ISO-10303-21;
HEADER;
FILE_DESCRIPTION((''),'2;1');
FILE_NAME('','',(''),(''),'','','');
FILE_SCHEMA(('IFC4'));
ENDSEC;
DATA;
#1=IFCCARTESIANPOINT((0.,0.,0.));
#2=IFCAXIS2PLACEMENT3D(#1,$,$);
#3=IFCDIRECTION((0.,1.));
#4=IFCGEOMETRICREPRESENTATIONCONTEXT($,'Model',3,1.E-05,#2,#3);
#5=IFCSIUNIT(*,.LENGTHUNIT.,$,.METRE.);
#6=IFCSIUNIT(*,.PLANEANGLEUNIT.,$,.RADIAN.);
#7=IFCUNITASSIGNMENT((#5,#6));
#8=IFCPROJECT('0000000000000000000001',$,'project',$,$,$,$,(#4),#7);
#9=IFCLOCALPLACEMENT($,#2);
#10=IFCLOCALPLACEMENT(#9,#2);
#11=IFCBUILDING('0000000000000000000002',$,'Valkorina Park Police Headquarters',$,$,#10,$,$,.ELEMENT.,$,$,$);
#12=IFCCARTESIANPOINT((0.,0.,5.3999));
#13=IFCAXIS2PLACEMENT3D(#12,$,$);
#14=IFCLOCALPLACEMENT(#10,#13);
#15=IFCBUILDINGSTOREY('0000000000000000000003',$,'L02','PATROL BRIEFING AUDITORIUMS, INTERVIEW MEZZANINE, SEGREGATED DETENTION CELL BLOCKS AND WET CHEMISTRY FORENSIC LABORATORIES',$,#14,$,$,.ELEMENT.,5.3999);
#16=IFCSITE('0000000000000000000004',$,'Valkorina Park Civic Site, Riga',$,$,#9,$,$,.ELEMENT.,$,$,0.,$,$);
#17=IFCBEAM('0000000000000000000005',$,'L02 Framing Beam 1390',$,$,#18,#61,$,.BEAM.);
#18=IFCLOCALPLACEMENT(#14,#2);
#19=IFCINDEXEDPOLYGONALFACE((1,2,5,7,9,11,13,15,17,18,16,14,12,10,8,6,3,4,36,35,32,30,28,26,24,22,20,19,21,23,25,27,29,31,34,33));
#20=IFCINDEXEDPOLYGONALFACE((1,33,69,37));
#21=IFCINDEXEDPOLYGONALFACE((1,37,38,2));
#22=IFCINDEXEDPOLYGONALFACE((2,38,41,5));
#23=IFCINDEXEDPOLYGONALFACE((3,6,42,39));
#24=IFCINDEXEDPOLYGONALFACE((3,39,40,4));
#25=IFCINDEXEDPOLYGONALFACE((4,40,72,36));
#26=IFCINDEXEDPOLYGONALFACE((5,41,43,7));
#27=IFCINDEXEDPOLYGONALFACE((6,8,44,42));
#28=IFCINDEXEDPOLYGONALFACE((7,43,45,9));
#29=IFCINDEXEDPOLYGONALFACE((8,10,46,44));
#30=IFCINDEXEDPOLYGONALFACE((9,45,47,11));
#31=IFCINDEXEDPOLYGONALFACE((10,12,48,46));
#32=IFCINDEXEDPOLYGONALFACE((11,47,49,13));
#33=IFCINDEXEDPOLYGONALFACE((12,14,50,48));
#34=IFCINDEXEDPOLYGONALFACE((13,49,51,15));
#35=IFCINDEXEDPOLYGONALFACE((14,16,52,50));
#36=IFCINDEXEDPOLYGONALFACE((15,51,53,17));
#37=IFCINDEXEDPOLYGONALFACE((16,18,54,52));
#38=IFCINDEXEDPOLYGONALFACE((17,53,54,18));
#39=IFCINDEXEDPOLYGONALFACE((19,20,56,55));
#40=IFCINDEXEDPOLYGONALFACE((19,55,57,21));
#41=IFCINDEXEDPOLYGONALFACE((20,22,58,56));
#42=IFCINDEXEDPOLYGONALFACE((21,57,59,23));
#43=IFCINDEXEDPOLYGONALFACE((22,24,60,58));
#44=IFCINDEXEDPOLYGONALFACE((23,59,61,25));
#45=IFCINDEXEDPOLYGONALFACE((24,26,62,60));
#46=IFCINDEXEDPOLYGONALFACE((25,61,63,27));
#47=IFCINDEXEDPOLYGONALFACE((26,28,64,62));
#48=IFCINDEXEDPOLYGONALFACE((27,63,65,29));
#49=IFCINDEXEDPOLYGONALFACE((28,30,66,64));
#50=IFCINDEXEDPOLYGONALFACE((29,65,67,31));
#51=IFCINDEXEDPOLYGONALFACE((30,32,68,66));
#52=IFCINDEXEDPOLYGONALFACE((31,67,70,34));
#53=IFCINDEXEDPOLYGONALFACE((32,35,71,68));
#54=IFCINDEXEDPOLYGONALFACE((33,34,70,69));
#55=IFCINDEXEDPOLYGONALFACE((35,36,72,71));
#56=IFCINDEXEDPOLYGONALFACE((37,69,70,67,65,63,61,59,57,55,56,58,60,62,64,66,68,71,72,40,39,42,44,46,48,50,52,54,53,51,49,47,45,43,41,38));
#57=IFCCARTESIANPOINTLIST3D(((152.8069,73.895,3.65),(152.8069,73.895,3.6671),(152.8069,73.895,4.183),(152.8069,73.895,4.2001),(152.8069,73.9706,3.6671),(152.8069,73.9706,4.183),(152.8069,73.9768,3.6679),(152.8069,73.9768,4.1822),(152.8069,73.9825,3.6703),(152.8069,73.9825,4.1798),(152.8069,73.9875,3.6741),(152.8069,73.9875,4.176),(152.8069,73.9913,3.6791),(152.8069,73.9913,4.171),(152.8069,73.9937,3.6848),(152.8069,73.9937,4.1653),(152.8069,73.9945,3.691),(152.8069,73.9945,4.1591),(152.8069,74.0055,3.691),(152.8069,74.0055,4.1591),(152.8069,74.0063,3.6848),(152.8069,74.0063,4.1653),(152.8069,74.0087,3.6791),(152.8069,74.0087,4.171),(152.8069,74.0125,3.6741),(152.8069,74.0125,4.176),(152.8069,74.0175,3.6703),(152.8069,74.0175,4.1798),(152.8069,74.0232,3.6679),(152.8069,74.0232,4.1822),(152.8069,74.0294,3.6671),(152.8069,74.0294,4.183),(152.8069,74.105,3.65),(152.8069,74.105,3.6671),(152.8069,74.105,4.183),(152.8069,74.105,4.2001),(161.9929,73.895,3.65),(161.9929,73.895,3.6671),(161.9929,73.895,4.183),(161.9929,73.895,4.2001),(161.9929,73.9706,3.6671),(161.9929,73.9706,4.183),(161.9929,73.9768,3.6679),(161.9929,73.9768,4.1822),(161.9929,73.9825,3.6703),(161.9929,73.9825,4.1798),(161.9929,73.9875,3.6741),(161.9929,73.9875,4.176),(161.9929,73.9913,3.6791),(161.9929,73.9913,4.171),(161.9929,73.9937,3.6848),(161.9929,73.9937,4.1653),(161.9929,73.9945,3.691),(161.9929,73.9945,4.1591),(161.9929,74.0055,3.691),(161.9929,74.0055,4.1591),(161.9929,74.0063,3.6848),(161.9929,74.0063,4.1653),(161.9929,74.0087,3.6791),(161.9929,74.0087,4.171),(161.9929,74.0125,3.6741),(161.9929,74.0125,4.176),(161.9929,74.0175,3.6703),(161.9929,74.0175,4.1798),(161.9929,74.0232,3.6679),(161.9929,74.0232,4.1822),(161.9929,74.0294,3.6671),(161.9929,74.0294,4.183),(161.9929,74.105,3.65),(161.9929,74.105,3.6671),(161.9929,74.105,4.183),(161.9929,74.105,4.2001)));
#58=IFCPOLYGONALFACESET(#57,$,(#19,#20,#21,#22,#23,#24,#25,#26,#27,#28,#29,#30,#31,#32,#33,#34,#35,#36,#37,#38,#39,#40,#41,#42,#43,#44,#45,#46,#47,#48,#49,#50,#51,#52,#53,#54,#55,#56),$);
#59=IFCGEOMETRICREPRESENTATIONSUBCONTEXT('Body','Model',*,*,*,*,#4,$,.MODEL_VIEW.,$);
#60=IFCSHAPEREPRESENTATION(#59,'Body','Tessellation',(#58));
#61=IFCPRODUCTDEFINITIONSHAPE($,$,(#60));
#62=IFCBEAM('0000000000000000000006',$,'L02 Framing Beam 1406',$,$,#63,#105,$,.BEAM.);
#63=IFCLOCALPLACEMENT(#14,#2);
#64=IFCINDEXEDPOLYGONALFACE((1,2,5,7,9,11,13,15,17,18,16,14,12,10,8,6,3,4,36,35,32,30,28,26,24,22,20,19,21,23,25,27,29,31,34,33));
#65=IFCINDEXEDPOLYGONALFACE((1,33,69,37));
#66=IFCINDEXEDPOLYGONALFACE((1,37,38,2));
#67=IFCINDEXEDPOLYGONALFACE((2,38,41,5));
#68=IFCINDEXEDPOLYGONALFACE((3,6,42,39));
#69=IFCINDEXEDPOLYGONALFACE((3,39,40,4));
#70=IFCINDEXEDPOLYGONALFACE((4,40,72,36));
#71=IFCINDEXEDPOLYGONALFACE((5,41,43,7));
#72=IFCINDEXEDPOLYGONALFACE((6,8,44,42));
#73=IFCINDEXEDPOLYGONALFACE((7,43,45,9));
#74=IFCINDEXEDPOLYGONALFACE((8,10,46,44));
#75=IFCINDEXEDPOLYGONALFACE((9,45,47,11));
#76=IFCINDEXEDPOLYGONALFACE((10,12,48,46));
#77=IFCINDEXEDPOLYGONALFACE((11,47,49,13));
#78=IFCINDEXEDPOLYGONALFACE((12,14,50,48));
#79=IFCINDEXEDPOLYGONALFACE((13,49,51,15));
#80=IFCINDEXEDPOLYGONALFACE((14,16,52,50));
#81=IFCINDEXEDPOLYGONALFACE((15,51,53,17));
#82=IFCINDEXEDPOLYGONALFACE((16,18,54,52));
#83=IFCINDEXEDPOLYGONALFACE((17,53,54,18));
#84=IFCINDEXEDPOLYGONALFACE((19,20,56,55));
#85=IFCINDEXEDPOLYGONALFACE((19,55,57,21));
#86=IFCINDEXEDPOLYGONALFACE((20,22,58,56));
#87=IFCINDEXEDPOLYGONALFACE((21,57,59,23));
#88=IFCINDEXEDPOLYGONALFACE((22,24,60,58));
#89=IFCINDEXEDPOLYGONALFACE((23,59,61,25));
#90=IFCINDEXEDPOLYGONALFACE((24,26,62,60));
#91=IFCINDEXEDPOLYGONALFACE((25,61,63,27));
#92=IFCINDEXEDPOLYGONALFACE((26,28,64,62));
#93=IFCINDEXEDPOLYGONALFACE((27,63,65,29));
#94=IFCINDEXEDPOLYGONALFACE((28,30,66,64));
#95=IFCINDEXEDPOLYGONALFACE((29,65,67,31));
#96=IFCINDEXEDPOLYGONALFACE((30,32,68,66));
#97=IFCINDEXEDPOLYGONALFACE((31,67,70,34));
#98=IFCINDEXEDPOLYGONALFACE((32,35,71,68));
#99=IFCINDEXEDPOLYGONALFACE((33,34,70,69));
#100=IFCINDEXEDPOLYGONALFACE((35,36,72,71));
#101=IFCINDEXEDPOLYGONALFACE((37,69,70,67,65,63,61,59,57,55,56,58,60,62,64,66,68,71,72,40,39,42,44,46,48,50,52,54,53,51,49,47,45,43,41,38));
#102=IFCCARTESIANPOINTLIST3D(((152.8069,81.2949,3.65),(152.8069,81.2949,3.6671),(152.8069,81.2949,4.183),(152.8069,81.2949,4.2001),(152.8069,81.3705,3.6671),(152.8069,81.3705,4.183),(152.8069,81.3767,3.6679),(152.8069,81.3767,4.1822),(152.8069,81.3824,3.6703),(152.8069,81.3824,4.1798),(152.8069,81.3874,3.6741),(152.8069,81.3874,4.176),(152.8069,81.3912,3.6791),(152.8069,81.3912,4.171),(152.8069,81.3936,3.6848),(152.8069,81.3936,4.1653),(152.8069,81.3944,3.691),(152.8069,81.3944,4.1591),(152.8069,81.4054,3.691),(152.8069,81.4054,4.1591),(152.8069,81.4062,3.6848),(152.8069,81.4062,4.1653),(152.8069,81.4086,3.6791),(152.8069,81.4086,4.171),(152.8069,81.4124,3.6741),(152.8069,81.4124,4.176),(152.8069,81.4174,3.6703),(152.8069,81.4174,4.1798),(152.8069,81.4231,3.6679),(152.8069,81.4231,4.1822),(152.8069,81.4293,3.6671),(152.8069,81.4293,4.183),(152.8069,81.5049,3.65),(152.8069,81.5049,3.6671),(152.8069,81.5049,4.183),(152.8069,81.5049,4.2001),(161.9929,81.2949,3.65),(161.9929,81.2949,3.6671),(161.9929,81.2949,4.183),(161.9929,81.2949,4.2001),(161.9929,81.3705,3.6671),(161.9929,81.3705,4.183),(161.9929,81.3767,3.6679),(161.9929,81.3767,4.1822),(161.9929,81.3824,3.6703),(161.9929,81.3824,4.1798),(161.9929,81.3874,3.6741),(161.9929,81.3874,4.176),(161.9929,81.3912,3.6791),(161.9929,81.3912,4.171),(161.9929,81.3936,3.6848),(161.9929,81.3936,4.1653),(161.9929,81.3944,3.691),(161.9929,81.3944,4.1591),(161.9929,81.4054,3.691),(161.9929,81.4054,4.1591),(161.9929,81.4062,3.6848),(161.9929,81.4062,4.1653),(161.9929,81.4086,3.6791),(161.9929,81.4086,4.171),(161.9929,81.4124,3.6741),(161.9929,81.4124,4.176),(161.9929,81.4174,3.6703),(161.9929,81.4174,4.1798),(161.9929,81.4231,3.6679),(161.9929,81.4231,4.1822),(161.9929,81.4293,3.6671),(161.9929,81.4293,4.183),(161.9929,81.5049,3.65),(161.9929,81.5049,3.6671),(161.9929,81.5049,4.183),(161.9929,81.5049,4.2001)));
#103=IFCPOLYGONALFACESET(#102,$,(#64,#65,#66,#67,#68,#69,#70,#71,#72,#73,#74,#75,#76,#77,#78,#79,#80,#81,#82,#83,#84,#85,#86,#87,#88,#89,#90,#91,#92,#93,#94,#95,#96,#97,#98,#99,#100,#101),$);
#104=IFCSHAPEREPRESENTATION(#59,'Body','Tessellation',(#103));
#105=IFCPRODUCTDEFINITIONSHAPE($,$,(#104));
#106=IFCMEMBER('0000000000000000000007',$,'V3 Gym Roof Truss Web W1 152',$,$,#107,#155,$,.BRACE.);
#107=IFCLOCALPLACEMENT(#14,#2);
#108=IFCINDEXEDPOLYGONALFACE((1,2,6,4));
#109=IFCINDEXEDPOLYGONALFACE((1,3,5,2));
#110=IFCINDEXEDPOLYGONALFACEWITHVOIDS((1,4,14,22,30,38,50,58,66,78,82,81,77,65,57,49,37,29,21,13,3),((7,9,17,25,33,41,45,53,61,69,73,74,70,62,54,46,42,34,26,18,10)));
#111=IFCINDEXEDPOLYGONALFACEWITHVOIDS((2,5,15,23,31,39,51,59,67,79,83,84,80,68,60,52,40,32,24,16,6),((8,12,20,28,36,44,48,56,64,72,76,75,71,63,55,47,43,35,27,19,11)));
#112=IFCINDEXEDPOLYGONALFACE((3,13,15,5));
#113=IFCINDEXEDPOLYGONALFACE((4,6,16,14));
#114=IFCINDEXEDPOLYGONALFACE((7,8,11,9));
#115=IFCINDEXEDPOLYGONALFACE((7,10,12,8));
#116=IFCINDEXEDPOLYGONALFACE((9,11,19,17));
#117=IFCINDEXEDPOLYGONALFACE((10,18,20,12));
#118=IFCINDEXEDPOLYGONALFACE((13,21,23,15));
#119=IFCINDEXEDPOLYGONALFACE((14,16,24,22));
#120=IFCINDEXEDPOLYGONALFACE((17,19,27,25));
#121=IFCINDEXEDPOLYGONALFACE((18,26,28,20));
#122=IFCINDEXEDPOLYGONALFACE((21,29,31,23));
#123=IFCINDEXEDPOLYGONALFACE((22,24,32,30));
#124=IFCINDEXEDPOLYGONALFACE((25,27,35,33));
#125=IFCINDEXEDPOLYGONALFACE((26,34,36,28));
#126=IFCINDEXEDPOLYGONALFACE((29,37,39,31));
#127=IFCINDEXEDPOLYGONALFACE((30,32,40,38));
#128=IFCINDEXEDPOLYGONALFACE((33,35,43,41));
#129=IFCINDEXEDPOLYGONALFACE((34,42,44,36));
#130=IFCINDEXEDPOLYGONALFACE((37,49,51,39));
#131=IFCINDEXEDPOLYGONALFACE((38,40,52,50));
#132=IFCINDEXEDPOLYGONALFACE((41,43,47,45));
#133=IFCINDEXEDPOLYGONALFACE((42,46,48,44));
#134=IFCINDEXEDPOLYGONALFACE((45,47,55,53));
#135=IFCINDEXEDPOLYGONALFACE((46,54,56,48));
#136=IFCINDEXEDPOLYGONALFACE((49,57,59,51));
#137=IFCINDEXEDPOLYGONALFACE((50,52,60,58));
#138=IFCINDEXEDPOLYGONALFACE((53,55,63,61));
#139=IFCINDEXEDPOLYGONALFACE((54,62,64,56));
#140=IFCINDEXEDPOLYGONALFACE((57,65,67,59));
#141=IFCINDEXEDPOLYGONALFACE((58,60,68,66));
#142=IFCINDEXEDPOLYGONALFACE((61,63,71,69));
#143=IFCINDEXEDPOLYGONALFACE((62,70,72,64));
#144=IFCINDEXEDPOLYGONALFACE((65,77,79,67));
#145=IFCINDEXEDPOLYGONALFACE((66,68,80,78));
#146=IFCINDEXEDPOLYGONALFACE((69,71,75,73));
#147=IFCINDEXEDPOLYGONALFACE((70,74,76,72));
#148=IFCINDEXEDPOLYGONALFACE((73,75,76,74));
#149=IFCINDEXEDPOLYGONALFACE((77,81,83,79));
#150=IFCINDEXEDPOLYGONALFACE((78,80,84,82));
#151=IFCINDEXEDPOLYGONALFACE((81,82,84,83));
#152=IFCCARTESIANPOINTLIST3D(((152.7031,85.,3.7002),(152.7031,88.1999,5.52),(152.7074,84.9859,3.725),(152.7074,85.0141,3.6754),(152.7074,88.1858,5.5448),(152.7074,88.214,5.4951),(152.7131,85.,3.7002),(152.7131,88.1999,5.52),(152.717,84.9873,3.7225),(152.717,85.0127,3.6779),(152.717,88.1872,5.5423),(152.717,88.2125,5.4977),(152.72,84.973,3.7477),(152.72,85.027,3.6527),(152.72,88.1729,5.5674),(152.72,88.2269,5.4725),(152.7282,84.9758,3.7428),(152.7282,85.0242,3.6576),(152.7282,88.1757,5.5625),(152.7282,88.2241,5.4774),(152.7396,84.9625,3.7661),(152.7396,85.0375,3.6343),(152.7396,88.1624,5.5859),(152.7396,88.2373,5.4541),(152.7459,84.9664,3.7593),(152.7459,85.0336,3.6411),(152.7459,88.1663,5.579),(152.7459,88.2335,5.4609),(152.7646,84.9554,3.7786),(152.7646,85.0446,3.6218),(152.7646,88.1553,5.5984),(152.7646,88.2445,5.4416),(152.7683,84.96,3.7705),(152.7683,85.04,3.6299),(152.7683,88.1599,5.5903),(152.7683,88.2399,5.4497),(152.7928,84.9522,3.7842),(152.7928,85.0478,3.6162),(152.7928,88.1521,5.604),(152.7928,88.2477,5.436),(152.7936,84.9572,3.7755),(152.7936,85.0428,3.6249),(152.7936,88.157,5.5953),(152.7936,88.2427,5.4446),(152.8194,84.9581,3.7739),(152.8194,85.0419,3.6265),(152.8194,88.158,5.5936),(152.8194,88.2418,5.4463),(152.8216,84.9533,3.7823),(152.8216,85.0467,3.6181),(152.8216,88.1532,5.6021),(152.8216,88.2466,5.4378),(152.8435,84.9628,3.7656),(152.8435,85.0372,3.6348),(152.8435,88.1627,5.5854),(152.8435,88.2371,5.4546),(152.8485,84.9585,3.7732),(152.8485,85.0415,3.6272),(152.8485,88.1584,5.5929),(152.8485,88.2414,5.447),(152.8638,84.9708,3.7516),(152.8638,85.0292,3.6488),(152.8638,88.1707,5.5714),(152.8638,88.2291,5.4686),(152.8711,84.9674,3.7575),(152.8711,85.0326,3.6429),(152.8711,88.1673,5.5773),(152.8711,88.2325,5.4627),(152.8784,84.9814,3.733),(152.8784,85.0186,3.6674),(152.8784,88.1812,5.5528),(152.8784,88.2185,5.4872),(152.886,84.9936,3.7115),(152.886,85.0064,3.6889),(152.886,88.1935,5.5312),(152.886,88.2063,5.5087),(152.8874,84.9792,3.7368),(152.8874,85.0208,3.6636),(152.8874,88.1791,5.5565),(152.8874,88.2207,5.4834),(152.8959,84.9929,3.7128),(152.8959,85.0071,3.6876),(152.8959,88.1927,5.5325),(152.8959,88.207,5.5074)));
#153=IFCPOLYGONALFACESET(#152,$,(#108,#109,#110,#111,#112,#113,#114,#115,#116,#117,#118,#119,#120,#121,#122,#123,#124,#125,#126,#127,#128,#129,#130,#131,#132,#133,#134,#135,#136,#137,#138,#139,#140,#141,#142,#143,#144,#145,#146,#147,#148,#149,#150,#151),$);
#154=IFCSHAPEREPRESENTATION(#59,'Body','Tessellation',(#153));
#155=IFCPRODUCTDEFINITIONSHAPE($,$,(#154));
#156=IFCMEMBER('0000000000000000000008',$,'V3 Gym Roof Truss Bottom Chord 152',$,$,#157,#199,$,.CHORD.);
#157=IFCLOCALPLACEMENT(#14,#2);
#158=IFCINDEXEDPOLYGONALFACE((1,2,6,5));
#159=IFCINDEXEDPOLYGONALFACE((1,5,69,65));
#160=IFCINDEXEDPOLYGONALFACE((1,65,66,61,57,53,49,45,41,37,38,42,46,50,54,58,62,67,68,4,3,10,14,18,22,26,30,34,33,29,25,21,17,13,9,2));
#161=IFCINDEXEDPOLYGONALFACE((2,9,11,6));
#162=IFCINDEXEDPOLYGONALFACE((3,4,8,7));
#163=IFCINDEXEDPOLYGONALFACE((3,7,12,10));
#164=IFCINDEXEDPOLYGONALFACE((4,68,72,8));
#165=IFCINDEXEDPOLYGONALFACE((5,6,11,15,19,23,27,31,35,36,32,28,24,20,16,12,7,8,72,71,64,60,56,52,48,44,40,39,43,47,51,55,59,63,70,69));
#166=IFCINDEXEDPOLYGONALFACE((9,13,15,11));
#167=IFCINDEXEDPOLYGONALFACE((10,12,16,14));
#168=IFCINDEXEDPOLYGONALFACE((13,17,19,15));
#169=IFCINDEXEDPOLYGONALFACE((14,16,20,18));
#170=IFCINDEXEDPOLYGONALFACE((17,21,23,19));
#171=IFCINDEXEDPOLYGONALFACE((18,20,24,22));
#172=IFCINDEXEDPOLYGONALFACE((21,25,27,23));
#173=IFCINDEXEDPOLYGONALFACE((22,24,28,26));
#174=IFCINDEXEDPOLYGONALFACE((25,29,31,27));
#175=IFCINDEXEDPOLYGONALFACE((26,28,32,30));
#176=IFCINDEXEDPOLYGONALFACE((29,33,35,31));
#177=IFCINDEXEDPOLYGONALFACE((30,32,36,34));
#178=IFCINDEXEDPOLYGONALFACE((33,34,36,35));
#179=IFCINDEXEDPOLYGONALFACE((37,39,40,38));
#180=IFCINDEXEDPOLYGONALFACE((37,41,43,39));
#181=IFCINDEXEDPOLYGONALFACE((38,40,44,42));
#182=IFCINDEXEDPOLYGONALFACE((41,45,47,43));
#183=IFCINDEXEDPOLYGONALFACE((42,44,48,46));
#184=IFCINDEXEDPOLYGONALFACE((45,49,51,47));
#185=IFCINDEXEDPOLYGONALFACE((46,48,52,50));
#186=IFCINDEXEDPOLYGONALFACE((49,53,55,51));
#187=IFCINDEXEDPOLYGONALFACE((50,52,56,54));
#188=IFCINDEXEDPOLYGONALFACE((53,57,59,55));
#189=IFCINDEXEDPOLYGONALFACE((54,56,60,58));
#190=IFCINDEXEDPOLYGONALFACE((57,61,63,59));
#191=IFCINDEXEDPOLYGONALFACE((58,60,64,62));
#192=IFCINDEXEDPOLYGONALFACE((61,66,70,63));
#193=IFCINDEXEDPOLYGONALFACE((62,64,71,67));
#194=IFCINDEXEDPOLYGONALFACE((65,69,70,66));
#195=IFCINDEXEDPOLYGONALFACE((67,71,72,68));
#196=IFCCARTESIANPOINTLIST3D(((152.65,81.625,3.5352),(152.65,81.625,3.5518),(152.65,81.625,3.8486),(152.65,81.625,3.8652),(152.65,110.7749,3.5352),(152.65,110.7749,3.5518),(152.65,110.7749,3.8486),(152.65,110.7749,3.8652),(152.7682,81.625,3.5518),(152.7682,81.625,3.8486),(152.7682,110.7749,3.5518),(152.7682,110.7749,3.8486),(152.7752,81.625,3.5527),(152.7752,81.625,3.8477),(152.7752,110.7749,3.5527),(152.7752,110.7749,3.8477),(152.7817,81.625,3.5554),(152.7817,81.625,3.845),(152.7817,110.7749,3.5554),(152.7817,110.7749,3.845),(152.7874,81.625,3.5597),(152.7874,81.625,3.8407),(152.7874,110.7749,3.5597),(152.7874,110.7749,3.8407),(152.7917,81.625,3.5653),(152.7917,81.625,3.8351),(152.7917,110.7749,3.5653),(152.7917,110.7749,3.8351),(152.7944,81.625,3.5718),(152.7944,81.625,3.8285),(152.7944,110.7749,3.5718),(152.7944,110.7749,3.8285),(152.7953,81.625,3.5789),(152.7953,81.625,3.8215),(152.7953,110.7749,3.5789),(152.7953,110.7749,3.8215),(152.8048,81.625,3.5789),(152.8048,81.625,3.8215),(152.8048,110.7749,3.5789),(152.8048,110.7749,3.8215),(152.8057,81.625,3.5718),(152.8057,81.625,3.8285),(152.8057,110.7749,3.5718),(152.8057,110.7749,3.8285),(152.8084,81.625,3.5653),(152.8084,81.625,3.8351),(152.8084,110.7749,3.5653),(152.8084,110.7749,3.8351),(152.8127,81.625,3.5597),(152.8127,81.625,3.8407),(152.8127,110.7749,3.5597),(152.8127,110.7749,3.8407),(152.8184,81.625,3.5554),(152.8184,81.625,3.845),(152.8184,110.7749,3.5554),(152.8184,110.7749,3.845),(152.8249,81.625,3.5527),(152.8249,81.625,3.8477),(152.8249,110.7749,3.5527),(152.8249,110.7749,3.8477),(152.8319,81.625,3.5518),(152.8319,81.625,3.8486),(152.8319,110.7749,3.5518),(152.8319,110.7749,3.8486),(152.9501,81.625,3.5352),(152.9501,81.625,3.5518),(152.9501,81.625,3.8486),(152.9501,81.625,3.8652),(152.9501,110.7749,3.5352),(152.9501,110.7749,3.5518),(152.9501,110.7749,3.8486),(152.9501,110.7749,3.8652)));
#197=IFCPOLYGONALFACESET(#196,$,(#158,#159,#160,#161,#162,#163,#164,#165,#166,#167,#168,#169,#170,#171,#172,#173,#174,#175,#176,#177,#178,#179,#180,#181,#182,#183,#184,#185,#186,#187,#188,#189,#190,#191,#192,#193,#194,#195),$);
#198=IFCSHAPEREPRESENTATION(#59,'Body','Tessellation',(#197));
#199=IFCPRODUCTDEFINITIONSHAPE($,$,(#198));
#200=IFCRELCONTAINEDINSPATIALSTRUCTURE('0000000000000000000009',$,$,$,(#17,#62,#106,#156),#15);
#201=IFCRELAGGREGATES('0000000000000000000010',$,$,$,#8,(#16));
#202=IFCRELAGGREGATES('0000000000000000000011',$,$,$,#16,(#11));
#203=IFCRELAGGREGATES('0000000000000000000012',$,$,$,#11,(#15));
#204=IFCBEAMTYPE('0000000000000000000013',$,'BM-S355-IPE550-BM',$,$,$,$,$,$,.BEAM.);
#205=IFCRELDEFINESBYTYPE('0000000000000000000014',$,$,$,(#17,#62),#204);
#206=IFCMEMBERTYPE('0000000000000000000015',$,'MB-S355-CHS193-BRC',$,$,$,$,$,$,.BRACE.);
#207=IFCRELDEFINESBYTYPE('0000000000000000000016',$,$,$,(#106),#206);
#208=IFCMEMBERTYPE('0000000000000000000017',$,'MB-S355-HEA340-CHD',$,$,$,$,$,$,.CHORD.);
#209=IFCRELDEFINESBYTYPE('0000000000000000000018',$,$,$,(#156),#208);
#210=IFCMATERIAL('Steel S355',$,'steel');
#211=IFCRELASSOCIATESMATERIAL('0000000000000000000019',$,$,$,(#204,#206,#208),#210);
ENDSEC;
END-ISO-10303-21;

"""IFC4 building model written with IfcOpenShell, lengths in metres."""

from ifc_helpers import new_model, si_unit, direction, frame, origin, origin_2d, place, context, subcontext, project, spatial, hollow_circle, i_section, extrude, material, material_profile, profile_set, type_object, element, save


model = new_model("IFC4")

# Units and contexts
model_context = context("Model", 3, precision=1e-05, world=origin(), true_north=direction((0.0, 1.0)))
body_context = subcontext(model_context, "Body", "Model", "MODEL_VIEW")
ifc_project = project(units=[si_unit("LENGTHUNIT", "METRE"), si_unit("PLANEANGLEUNIT", "RADIAN")], contexts=[model_context])

# Site, building, storey
site_placement = place(None, origin())
site = spatial("IfcSite", under=ifc_project, at=site_placement, Name="Valkorina Park Civic Site, Riga", CompositionType="ELEMENT", RefElevation=0.0)
building_placement = place(site_placement, origin())
building = spatial("IfcBuilding", under=site, at=building_placement, Name="Valkorina Park Police Headquarters", CompositionType="ELEMENT")
storey_placement = place(building_placement, frame((0.0, 0.0, 5.3999)))
storey = spatial("IfcBuildingStorey", under=building, at=storey_placement, Name="L02", Description="PATROL BRIEFING AUDITORIUMS, INTERVIEW MEZZANINE, SEGREGATED DETENTION CELL BLOCKS AND WET CHEMISTRY FORENSIC LABORATORIES", CompositionType="ELEMENT", Elevation=5.3999)

# Shared definitions
ifc_material_1 = material(Name="Steel S355", Category="steel")

# Beams
ifc_material_profile_1 = material_profile(ifc_material_1, i_section(OverallWidth=0.21, OverallDepth=0.55, WebThickness=0.011, FlangeThickness=0.0171, FilletRadius=0.0239, at=origin_2d()), Name="IPE 550")
ifc_profile_set_1 = profile_set([ifc_material_profile_1], Name="Steel S355")
beam_type_1 = type_object("IfcBeamType", Name="BM-S355-IPE550-BM", PredefinedType="BEAM", material=ifc_profile_set_1)
for number, where, z_axis, x_axis, name in (
    (1, (152.8069, 74.0, 3.925), (1.0, 0.0, 0.0), (0.0, 1.0, 0.0), "L02 Framing Beam 1390"),
    (2, (152.8069, 81.3999, 3.925), (1.0, 0.0, 0.0), (0.0, 1.0, 0.0), "L02 Framing Beam 1406"),
):
    element("IfcBeam", number, at=place(storey_placement, frame(where, z_axis=z_axis, x_axis=x_axis)), inside=storey, type_object=beam_type_1, Name=name, PredefinedType="BEAM", context=body_context, shape_type="SweptSolid", body=[
        extrude(i_section(OverallWidth=0.21, OverallDepth=0.55, WebThickness=0.011, FlangeThickness=0.0171, FilletRadius=0.0239, at=origin_2d()), origin(), (0.0, 0.0, 1.0), 9.186),
    ])

# Members
ifc_material_profile_2 = material_profile(ifc_material_1, hollow_circle(Radius=0.0969, WallThickness=0.01, at=origin_2d()), Name="CHS 193.7x10")
ifc_profile_set_2 = profile_set([ifc_material_profile_2], Name="Steel S355")
member_type_1 = type_object("IfcMemberType", Name="MB-S355-CHS193-BRC", PredefinedType="BRACE", material=ifc_profile_set_2)
member_1_placement = place(storey_placement, frame((152.8, 85.0, 3.7002), z_axis=(0.0, 0.869262, 0.494352), x_axis=(-1.0, 0.0, 0.0)))
element("IfcMember", 3, at=member_1_placement, inside=storey, type_object=member_type_1, Name="V3 Gym Roof Truss Web W1 152", PredefinedType="BRACE", context=body_context, shape_type="SweptSolid", body=[
    extrude(hollow_circle(Radius=0.0969, WallThickness=0.01, at=origin_2d()), origin(), (0.0, 0.0, 1.0), 3.6812),
])
ifc_material_profile_3 = material_profile(ifc_material_1, i_section(OverallWidth=0.3, OverallDepth=0.3301, WebThickness=0.0095, FlangeThickness=0.0166, FilletRadius=0.0271, at=origin_2d()), Name="HEA 340")
ifc_profile_set_3 = profile_set([ifc_material_profile_3], Name="Steel S355")
member_type_2 = type_object("IfcMemberType", Name="MB-S355-HEA340-CHD", PredefinedType="CHORD", material=ifc_profile_set_3)
member_2_placement = place(storey_placement, frame((152.8, 81.625, 3.7002), z_axis=(0.0, 1.0, 0.0), x_axis=(-1.0, 0.0, 0.0)))
element("IfcMember", 4, at=member_2_placement, inside=storey, type_object=member_type_2, Name="V3 Gym Roof Truss Bottom Chord 152", PredefinedType="CHORD", context=body_context, shape_type="SweptSolid", body=[
    extrude(i_section(OverallWidth=0.3, OverallDepth=0.3301, WebThickness=0.0095, FlangeThickness=0.0166, FilletRadius=0.0271, at=origin_2d()), origin(), (0.0, 0.0, 1.0), 29.1499),
])

save(model, "model.ifc")
